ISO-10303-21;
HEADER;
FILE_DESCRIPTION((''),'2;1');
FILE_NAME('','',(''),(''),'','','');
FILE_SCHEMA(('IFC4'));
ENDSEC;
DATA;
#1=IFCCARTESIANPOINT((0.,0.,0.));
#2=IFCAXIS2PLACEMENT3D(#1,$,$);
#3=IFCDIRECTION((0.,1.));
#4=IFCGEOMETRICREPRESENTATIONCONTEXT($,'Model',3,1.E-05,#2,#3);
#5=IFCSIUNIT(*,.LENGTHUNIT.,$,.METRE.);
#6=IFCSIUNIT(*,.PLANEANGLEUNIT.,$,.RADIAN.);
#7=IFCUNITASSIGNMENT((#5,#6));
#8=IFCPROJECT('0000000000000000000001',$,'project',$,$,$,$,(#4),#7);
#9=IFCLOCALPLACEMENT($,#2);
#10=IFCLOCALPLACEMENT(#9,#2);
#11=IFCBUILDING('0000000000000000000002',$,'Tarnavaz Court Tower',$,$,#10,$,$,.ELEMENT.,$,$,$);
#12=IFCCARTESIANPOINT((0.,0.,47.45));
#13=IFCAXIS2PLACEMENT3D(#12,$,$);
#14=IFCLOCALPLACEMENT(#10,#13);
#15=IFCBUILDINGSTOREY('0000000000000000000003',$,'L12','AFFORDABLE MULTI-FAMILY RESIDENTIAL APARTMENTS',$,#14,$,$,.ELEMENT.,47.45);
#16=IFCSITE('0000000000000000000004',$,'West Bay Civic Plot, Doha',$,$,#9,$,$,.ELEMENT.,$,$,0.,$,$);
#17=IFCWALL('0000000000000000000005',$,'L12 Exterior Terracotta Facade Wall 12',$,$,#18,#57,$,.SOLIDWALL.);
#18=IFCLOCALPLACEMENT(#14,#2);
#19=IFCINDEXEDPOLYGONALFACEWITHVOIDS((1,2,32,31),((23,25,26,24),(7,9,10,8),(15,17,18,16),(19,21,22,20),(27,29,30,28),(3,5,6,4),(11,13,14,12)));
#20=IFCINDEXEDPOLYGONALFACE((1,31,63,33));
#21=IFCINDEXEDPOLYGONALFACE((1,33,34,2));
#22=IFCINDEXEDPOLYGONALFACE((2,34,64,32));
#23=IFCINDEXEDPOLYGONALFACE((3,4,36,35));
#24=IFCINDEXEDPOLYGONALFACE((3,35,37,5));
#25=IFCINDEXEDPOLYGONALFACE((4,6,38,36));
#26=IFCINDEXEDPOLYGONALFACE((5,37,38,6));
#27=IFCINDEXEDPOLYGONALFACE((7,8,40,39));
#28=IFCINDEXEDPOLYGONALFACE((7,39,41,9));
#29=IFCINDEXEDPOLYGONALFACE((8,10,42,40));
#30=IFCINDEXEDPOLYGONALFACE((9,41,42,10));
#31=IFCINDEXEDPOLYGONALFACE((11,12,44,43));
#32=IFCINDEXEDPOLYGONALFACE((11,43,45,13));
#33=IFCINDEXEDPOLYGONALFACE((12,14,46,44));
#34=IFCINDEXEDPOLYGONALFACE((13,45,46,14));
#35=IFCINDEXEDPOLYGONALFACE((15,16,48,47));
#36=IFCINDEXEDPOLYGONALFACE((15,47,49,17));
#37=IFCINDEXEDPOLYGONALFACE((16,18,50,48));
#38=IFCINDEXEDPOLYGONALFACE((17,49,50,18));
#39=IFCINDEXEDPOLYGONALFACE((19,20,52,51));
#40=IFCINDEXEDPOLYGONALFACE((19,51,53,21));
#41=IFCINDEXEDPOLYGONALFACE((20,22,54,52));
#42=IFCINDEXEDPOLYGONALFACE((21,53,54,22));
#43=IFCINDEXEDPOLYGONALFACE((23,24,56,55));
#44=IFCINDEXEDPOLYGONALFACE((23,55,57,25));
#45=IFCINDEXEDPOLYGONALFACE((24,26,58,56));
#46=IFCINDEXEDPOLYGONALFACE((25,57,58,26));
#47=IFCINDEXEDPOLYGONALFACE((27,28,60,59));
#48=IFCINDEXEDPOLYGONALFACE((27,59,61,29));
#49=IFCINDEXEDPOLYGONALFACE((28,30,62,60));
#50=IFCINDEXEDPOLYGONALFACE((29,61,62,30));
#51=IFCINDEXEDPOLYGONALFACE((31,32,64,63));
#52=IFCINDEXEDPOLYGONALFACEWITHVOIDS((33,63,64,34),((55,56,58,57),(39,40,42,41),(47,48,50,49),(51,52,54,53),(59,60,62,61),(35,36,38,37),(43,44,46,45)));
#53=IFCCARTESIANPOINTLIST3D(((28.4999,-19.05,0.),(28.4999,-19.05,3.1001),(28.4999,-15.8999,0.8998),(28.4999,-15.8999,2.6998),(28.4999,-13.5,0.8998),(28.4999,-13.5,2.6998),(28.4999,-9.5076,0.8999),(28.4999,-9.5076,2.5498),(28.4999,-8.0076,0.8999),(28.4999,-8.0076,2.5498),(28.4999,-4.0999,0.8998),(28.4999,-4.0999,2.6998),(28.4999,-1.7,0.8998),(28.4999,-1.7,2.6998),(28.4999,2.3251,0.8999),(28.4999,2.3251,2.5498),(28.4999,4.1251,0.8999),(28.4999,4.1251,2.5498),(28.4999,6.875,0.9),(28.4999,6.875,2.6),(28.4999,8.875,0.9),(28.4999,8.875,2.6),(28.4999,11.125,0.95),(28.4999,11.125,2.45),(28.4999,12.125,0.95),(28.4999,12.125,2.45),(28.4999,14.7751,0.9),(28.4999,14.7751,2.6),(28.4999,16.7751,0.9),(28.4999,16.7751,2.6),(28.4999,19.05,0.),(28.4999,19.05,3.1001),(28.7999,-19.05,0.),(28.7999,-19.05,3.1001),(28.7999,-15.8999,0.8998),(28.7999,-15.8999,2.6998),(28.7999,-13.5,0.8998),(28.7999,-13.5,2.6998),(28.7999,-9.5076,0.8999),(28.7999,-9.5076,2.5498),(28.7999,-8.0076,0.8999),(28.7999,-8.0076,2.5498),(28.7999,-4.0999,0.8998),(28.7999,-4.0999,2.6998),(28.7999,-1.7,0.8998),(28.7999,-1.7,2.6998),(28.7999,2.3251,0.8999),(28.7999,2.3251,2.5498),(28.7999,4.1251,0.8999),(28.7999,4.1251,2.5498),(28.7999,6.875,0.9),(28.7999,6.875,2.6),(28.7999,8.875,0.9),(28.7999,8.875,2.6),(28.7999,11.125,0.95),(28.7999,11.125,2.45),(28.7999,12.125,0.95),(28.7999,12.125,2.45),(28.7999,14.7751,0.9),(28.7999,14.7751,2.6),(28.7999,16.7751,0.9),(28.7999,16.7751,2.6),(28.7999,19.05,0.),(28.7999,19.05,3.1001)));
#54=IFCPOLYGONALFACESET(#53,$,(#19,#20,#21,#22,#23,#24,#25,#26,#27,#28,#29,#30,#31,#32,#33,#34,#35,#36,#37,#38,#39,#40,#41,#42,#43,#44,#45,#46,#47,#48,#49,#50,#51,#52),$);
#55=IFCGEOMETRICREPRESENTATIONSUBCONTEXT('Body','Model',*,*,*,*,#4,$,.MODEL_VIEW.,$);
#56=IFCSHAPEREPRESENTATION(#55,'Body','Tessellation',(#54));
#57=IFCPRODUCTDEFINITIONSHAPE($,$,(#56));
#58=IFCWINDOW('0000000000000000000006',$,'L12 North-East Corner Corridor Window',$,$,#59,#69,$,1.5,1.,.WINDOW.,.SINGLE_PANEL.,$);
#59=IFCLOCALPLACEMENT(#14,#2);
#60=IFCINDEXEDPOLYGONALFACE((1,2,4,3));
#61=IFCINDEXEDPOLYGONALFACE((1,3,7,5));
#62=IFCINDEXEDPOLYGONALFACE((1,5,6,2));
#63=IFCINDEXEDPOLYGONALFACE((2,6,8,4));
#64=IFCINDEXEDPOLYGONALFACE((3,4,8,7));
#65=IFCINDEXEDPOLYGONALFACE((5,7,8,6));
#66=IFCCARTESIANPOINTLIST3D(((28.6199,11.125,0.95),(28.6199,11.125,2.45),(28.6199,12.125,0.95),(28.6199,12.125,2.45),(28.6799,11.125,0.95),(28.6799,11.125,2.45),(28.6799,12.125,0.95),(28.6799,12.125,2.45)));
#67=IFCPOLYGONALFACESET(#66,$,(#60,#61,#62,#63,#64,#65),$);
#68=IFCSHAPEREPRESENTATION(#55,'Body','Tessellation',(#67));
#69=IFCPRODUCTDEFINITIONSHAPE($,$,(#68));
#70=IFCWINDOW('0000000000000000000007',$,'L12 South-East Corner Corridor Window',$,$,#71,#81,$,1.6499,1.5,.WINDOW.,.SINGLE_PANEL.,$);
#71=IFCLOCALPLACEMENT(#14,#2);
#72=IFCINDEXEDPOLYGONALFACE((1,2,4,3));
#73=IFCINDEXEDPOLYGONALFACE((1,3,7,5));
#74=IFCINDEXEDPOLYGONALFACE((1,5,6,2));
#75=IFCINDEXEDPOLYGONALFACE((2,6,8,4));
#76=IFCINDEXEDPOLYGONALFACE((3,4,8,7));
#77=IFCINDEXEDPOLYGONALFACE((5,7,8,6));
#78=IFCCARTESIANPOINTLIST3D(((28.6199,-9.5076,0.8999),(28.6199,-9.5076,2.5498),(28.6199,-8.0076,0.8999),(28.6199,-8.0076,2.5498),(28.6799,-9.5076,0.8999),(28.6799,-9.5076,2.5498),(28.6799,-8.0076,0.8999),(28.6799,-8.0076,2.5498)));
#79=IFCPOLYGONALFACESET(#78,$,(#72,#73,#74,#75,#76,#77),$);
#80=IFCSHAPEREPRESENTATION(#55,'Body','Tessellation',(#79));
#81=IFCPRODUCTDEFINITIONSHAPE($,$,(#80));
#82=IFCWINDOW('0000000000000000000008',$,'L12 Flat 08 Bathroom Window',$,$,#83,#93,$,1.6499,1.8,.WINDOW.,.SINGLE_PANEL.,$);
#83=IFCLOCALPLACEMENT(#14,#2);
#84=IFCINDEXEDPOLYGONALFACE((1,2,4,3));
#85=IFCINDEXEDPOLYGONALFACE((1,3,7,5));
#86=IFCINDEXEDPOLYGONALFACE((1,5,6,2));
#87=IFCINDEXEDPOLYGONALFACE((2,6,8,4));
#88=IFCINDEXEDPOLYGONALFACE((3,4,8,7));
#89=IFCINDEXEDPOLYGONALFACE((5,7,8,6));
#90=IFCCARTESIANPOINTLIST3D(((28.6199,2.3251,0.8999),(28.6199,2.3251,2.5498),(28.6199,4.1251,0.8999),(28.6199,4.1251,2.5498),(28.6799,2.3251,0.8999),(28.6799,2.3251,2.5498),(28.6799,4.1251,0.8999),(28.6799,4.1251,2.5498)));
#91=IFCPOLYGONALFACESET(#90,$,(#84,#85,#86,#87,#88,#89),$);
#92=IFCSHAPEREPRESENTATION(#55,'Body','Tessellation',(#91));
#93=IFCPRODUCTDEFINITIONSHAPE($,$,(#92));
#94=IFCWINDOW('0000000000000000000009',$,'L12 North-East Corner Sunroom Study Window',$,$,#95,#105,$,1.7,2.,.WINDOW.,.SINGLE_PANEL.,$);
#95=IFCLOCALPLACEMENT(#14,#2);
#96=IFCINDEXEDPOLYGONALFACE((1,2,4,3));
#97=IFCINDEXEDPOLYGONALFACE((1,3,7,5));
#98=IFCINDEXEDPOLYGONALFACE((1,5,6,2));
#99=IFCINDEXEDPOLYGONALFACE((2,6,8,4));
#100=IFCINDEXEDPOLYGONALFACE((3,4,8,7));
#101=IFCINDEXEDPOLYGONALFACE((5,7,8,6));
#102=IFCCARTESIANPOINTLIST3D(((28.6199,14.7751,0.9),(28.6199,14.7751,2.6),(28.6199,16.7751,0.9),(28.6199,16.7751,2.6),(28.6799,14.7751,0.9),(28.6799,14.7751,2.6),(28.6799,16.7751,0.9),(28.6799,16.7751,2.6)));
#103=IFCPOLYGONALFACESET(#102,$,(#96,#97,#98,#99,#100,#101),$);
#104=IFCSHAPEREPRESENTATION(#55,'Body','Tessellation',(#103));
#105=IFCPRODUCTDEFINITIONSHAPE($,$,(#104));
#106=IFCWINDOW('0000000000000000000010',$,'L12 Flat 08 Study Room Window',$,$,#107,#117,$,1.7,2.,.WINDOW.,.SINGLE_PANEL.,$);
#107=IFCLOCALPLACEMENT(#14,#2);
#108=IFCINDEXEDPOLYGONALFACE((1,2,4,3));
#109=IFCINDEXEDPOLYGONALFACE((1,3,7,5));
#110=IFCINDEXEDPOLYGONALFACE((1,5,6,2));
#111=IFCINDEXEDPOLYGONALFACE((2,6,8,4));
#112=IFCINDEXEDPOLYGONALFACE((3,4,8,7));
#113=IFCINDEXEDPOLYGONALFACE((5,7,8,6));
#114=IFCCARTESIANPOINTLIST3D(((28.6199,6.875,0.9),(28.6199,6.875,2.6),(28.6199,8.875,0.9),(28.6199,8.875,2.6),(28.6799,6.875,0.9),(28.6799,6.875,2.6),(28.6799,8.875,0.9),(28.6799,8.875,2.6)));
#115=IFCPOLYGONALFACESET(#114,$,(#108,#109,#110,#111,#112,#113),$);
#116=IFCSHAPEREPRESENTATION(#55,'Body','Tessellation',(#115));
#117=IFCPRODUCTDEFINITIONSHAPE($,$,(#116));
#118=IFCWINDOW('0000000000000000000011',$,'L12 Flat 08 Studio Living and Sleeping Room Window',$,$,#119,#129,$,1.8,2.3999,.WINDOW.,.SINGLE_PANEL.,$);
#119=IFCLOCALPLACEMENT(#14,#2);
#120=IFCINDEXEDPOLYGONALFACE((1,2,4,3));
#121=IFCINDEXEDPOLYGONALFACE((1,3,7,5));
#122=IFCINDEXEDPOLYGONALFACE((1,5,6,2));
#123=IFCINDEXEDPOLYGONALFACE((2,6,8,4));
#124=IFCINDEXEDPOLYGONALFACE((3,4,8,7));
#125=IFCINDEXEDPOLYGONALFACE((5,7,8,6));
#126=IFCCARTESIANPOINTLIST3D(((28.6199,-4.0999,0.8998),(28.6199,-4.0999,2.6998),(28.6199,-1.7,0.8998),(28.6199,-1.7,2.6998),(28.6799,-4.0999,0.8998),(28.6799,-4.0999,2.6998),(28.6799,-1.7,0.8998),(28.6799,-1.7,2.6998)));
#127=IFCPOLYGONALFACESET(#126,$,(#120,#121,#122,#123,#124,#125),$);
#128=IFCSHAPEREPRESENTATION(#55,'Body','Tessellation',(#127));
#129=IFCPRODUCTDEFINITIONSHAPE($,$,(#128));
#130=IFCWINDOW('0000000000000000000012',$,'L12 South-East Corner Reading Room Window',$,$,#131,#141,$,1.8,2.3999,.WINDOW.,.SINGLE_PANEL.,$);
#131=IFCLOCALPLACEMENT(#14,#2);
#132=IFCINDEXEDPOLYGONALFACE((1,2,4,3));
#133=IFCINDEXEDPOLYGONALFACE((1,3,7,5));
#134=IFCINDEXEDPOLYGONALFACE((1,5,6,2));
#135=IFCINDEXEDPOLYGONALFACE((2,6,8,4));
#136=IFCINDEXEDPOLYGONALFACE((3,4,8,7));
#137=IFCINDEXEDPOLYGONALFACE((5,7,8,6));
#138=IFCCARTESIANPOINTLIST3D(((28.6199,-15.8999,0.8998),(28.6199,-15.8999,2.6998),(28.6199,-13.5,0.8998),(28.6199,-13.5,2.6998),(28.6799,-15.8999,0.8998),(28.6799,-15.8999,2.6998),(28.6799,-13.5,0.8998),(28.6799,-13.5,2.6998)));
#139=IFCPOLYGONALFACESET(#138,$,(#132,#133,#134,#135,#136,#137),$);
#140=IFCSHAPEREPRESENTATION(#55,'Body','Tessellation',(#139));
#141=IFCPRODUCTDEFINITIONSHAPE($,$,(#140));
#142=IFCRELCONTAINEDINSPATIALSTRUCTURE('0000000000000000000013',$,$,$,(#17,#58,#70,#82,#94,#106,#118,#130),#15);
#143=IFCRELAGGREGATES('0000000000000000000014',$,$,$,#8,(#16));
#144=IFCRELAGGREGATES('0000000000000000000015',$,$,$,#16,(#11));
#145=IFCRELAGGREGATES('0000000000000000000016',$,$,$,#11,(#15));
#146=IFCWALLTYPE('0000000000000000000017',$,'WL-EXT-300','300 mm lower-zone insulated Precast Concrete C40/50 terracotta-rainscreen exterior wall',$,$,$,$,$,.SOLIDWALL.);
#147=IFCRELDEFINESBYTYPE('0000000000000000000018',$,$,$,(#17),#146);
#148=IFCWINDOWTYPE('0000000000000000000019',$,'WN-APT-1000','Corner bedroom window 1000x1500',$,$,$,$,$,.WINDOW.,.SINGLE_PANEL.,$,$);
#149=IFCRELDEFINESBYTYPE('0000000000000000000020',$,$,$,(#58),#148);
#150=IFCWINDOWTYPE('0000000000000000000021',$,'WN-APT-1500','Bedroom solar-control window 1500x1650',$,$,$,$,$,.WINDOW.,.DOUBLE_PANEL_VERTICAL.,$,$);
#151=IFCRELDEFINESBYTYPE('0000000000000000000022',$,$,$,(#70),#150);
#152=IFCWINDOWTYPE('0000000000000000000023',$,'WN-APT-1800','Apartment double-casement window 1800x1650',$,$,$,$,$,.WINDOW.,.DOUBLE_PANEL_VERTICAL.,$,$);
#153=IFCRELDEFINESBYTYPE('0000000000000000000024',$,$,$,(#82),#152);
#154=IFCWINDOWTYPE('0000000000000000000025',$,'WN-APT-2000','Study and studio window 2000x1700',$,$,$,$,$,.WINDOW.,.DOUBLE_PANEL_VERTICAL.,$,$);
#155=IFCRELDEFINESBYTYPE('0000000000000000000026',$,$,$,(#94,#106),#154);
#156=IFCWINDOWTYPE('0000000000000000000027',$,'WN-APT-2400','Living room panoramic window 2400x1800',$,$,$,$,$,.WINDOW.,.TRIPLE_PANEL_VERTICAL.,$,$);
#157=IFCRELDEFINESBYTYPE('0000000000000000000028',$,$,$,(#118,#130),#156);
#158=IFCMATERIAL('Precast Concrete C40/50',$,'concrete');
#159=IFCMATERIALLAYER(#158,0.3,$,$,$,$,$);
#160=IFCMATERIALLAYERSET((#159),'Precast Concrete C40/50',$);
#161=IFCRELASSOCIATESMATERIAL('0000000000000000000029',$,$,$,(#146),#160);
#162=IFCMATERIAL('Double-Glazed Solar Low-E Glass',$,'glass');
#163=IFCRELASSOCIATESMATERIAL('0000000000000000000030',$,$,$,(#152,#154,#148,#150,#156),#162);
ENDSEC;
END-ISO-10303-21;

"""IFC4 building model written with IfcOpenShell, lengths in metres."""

from ifc_helpers import new_model, si_unit, direction, frame, frame_2d, origin, place, context, subcontext, project, spatial, rectangle, extrude, material, layer, layer_set, type_object, element, fill, save


model = new_model("IFC4")

# Units and contexts
model_context = context("Model", 3, precision=1e-05, world=origin(), true_north=direction((0.0, 1.0)))
body_context = subcontext(model_context, "Body", "Model", "MODEL_VIEW")
ifc_project = project(units=[si_unit("LENGTHUNIT", "METRE"), si_unit("PLANEANGLEUNIT", "RADIAN")], contexts=[model_context])

# Site, building, storey
site_placement = place(None, origin())
site = spatial("IfcSite", under=ifc_project, at=site_placement, Name="West Bay Civic Plot, Doha", CompositionType="ELEMENT", RefElevation=0.0)
building_placement = place(site_placement, origin())
building = spatial("IfcBuilding", under=site, at=building_placement, Name="Tarnavaz Court Tower", CompositionType="ELEMENT")
storey_placement = place(building_placement, frame((0.0, 0.0, 47.45)))
storey = spatial("IfcBuildingStorey", under=building, at=storey_placement, Name="L12", Description="AFFORDABLE MULTI-FAMILY RESIDENTIAL APARTMENTS", CompositionType="ELEMENT", Elevation=47.45)

# Shared definitions
ifc_material_1 = material(Name="Precast Concrete C40/50", Category="concrete")
ifc_layer_1 = layer(ifc_material_1, 0.3)
ifc_layer_set_1 = layer_set([ifc_layer_1], Name="Precast Concrete C40/50")
wall_type_1 = type_object("IfcWallType", Name="WL-EXT-300", Description="300 mm lower-zone insulated Precast Concrete C40/50 terracotta-rainscreen exterior wall", PredefinedType="SOLIDWALL", material=ifc_layer_set_1)
ifc_material_2 = material(Name="Double-Glazed Solar Low-E Glass", Category="glass")
window_type_1 = type_object("IfcWindowType", Name="WN-APT-1800", Description="Apartment double-casement window 1800x1650", PartitioningType="DOUBLE_PANEL_VERTICAL", PredefinedType="WINDOW", material=ifc_material_2)
window_type_2 = type_object("IfcWindowType", Name="WN-APT-2000", Description="Study and studio window 2000x1700", PartitioningType="DOUBLE_PANEL_VERTICAL", PredefinedType="WINDOW", material=ifc_material_2)

# Wall, openings, windows
wall_1_placement = place(storey_placement, frame((28.6499, 19.05, 0.0), z_axis=(0.0, 0.0, 1.0), x_axis=(0.0, -1.0, 0.0)))
wall_1 = element("IfcWall", 1, at=wall_1_placement, inside=storey, type_object=wall_type_1, Name="L12 Exterior Terracotta Facade Wall 12", PredefinedType="SOLIDWALL", context=body_context, shape_type="SweptSolid", body=[
    extrude(rectangle(XDim=38.1001, YDim=0.3, at=frame_2d((19.05, 0.0))), origin(), (0.0, 0.0, 1.0), 3.1001),
])
opening_1_placement = place(wall_1_placement, frame((2.2749, 0.0, 0.8999)))
opening_1 = element("IfcOpeningElement", 2, at=opening_1_placement, cuts=wall_1, PredefinedType="OPENING", context=body_context, shape_type="SweptSolid", body=[
    extrude(rectangle(XDim=2.0, YDim=1.7, at=frame_2d((1.0, 0.8501))), frame((0.0, 0.1599, 0.0), z_axis=(0.0, -1.0, 0.0), x_axis=(1.0, 0.0, 0.0)), (0.0, 0.0, 1.0), 0.3201),
])
opening_2_placement = place(wall_1_placement, frame((6.925, 0.0, 0.95)))
opening_2 = element("IfcOpeningElement", 3, at=opening_2_placement, cuts=wall_1, PredefinedType="OPENING", context=body_context, shape_type="SweptSolid", body=[
    extrude(rectangle(XDim=1.0, YDim=1.5, at=frame_2d((0.5, 0.75))), frame((0.0, 0.1599, 0.0), z_axis=(0.0, -1.0, 0.0), x_axis=(1.0, 0.0, 0.0)), (0.0, 0.0, 1.0), 0.3201),
])
opening_3_placement = place(wall_1_placement, frame((10.175, 0.0, 0.8999)))
opening_3 = element("IfcOpeningElement", 4, at=opening_3_placement, cuts=wall_1, PredefinedType="OPENING", context=body_context, shape_type="SweptSolid", body=[
    extrude(rectangle(XDim=2.0, YDim=1.7, at=frame_2d((1.0, 0.8501))), frame((0.0, 0.1599, 0.0), z_axis=(0.0, -1.0, 0.0), x_axis=(1.0, 0.0, 0.0)), (0.0, 0.0, 1.0), 0.3201),
])
opening_4_placement = place(wall_1_placement, frame((14.925, 0.0, 0.8999)))
opening_4 = element("IfcOpeningElement", 5, at=opening_4_placement, cuts=wall_1, PredefinedType="OPENING", context=body_context, shape_type="SweptSolid", body=[
    extrude(rectangle(XDim=1.8, YDim=1.6499, at=frame_2d((0.8999, 0.825))), frame((0.0, 0.1599, 0.0), z_axis=(0.0, -1.0, 0.0), x_axis=(1.0, 0.0, 0.0)), (0.0, 0.0, 1.0), 0.3201),
])
opening_5_placement = place(wall_1_placement, frame((20.75, 0.0, 0.8999)))
opening_5 = element("IfcOpeningElement", 6, at=opening_5_placement, cuts=wall_1, PredefinedType="OPENING", context=body_context, shape_type="SweptSolid", body=[
    extrude(rectangle(XDim=2.3999, YDim=1.8, at=frame_2d((1.2, 0.8999))), frame((0.0, 0.1599, 0.0), z_axis=(0.0, -1.0, 0.0), x_axis=(1.0, 0.0, 0.0)), (0.0, 0.0, 1.0), 0.3201),
])
opening_6_placement = place(wall_1_placement, frame((27.0576, 0.0, 0.8999)))
opening_6 = element("IfcOpeningElement", 7, at=opening_6_placement, cuts=wall_1, PredefinedType="OPENING", context=body_context, shape_type="SweptSolid", body=[
    extrude(rectangle(XDim=1.5, YDim=1.6499, at=frame_2d((0.75, 0.825))), frame((0.0, 0.1599, 0.0), z_axis=(0.0, -1.0, 0.0), x_axis=(1.0, 0.0, 0.0)), (0.0, 0.0, 1.0), 0.3201),
])
opening_7_placement = place(wall_1_placement, frame((32.55, 0.0, 0.8999)))
opening_7 = element("IfcOpeningElement", 8, at=opening_7_placement, cuts=wall_1, PredefinedType="OPENING", context=body_context, shape_type="SweptSolid", body=[
    extrude(rectangle(XDim=2.3999, YDim=1.8, at=frame_2d((1.2, 0.8999))), frame((0.0, 0.1599, 0.0), z_axis=(0.0, -1.0, 0.0), x_axis=(1.0, 0.0, 0.0)), (0.0, 0.0, 1.0), 0.3201),
])
window_type_3 = type_object("IfcWindowType", Name="WN-APT-1000", Description="Corner bedroom window 1000x1500", PartitioningType="SINGLE_PANEL", PredefinedType="WINDOW", material=ifc_material_2)
window_1_placement = place(opening_2_placement, origin())
window_1 = element("IfcWindow", 9, at=window_1_placement, inside=storey, type_object=window_type_3, Name="L12 North-East Corner Corridor Window", OverallHeight=1.5, OverallWidth=1.0, PartitioningType="SINGLE_PANEL", PredefinedType="WINDOW", context=body_context, shape_type="SweptSolid", body=[
    extrude(rectangle(XDim=1.0, YDim=1.5, at=frame_2d((0.5, 0.75))), frame((0.0, 0.03, 0.0), z_axis=(0.0, -1.0, 0.0), x_axis=(1.0, 0.0, 0.0)), (0.0, 0.0, 1.0), 0.0601),
])
fill(opening_2, window_1)
window_type_4 = type_object("IfcWindowType", Name="WN-APT-1500", Description="Bedroom solar-control window 1500x1650", PartitioningType="DOUBLE_PANEL_VERTICAL", PredefinedType="WINDOW", material=ifc_material_2)
window_2_placement = place(opening_6_placement, origin())
window_2 = element("IfcWindow", 10, at=window_2_placement, inside=storey, type_object=window_type_4, Name="L12 South-East Corner Corridor Window", OverallHeight=1.6499, OverallWidth=1.5, PartitioningType="SINGLE_PANEL", PredefinedType="WINDOW", context=body_context, shape_type="SweptSolid", body=[
    extrude(rectangle(XDim=1.5, YDim=1.6499, at=frame_2d((0.75, 0.825))), frame((0.0, 0.03, 0.0), z_axis=(0.0, -1.0, 0.0), x_axis=(1.0, 0.0, 0.0)), (0.0, 0.0, 1.0), 0.0601),
])
fill(opening_6, window_2)
window_3_placement = place(opening_4_placement, origin())
window_3 = element("IfcWindow", 11, at=window_3_placement, inside=storey, type_object=window_type_1, Name="L12 Flat 08 Bathroom Window", OverallHeight=1.6499, OverallWidth=1.8, PartitioningType="SINGLE_PANEL", PredefinedType="WINDOW", context=body_context, shape_type="SweptSolid", body=[
    extrude(rectangle(XDim=1.8, YDim=1.6499, at=frame_2d((0.8999, 0.825))), frame((0.0, 0.03, 0.0), z_axis=(0.0, -1.0, 0.0), x_axis=(1.0, 0.0, 0.0)), (0.0, 0.0, 1.0), 0.0601),
])
fill(opening_4, window_3)
window_4_placement = place(opening_1_placement, origin())
window_4 = element("IfcWindow", 12, at=window_4_placement, inside=storey, type_object=window_type_2, Name="L12 North-East Corner Sunroom Study Window", OverallHeight=1.7, OverallWidth=2.0, PartitioningType="SINGLE_PANEL", PredefinedType="WINDOW", context=body_context, shape_type="SweptSolid", body=[
    extrude(rectangle(XDim=2.0, YDim=1.7, at=frame_2d((1.0, 0.8501))), frame((0.0, 0.03, 0.0), z_axis=(0.0, -1.0, 0.0), x_axis=(1.0, 0.0, 0.0)), (0.0, 0.0, 1.0), 0.0601),
])
fill(opening_1, window_4)
window_5_placement = place(opening_3_placement, origin())
window_5 = element("IfcWindow", 13, at=window_5_placement, inside=storey, type_object=window_type_2, Name="L12 Flat 08 Study Room Window", OverallHeight=1.7, OverallWidth=2.0, PartitioningType="SINGLE_PANEL", PredefinedType="WINDOW", context=body_context, shape_type="SweptSolid", body=[
    extrude(rectangle(XDim=2.0, YDim=1.7, at=frame_2d((1.0, 0.8501))), frame((0.0, 0.03, 0.0), z_axis=(0.0, -1.0, 0.0), x_axis=(1.0, 0.0, 0.0)), (0.0, 0.0, 1.0), 0.0601),
])
fill(opening_3, window_5)
window_type_5 = type_object("IfcWindowType", Name="WN-APT-2400", Description="Living room panoramic window 2400x1800", PartitioningType="TRIPLE_PANEL_VERTICAL", PredefinedType="WINDOW", material=ifc_material_2)
window_6_placement = place(opening_5_placement, origin())
window_6 = element("IfcWindow", 14, at=window_6_placement, inside=storey, type_object=window_type_5, Name="L12 Flat 08 Studio Living and Sleeping Room Window", OverallHeight=1.8, OverallWidth=2.3999, PartitioningType="SINGLE_PANEL", PredefinedType="WINDOW", context=body_context, shape_type="SweptSolid", body=[
    extrude(rectangle(XDim=2.3999, YDim=1.8, at=frame_2d((1.2, 0.8999))), frame((0.0, 0.03, 0.0), z_axis=(0.0, -1.0, 0.0), x_axis=(1.0, 0.0, 0.0)), (0.0, 0.0, 1.0), 0.0601),
])
fill(opening_5, window_6)
window_7_placement = place(opening_7_placement, origin())
window_7 = element("IfcWindow", 15, at=window_7_placement, inside=storey, type_object=window_type_5, Name="L12 South-East Corner Reading Room Window", OverallHeight=1.8, OverallWidth=2.3999, PartitioningType="SINGLE_PANEL", PredefinedType="WINDOW", context=body_context, shape_type="SweptSolid", body=[
    extrude(rectangle(XDim=2.3999, YDim=1.8, at=frame_2d((1.2, 0.8999))), frame((0.0, 0.03, 0.0), z_axis=(0.0, -1.0, 0.0), x_axis=(1.0, 0.0, 0.0)), (0.0, 0.0, 1.0), 0.0601),
])
fill(opening_7, window_7)

save(model, "model.ifc")
